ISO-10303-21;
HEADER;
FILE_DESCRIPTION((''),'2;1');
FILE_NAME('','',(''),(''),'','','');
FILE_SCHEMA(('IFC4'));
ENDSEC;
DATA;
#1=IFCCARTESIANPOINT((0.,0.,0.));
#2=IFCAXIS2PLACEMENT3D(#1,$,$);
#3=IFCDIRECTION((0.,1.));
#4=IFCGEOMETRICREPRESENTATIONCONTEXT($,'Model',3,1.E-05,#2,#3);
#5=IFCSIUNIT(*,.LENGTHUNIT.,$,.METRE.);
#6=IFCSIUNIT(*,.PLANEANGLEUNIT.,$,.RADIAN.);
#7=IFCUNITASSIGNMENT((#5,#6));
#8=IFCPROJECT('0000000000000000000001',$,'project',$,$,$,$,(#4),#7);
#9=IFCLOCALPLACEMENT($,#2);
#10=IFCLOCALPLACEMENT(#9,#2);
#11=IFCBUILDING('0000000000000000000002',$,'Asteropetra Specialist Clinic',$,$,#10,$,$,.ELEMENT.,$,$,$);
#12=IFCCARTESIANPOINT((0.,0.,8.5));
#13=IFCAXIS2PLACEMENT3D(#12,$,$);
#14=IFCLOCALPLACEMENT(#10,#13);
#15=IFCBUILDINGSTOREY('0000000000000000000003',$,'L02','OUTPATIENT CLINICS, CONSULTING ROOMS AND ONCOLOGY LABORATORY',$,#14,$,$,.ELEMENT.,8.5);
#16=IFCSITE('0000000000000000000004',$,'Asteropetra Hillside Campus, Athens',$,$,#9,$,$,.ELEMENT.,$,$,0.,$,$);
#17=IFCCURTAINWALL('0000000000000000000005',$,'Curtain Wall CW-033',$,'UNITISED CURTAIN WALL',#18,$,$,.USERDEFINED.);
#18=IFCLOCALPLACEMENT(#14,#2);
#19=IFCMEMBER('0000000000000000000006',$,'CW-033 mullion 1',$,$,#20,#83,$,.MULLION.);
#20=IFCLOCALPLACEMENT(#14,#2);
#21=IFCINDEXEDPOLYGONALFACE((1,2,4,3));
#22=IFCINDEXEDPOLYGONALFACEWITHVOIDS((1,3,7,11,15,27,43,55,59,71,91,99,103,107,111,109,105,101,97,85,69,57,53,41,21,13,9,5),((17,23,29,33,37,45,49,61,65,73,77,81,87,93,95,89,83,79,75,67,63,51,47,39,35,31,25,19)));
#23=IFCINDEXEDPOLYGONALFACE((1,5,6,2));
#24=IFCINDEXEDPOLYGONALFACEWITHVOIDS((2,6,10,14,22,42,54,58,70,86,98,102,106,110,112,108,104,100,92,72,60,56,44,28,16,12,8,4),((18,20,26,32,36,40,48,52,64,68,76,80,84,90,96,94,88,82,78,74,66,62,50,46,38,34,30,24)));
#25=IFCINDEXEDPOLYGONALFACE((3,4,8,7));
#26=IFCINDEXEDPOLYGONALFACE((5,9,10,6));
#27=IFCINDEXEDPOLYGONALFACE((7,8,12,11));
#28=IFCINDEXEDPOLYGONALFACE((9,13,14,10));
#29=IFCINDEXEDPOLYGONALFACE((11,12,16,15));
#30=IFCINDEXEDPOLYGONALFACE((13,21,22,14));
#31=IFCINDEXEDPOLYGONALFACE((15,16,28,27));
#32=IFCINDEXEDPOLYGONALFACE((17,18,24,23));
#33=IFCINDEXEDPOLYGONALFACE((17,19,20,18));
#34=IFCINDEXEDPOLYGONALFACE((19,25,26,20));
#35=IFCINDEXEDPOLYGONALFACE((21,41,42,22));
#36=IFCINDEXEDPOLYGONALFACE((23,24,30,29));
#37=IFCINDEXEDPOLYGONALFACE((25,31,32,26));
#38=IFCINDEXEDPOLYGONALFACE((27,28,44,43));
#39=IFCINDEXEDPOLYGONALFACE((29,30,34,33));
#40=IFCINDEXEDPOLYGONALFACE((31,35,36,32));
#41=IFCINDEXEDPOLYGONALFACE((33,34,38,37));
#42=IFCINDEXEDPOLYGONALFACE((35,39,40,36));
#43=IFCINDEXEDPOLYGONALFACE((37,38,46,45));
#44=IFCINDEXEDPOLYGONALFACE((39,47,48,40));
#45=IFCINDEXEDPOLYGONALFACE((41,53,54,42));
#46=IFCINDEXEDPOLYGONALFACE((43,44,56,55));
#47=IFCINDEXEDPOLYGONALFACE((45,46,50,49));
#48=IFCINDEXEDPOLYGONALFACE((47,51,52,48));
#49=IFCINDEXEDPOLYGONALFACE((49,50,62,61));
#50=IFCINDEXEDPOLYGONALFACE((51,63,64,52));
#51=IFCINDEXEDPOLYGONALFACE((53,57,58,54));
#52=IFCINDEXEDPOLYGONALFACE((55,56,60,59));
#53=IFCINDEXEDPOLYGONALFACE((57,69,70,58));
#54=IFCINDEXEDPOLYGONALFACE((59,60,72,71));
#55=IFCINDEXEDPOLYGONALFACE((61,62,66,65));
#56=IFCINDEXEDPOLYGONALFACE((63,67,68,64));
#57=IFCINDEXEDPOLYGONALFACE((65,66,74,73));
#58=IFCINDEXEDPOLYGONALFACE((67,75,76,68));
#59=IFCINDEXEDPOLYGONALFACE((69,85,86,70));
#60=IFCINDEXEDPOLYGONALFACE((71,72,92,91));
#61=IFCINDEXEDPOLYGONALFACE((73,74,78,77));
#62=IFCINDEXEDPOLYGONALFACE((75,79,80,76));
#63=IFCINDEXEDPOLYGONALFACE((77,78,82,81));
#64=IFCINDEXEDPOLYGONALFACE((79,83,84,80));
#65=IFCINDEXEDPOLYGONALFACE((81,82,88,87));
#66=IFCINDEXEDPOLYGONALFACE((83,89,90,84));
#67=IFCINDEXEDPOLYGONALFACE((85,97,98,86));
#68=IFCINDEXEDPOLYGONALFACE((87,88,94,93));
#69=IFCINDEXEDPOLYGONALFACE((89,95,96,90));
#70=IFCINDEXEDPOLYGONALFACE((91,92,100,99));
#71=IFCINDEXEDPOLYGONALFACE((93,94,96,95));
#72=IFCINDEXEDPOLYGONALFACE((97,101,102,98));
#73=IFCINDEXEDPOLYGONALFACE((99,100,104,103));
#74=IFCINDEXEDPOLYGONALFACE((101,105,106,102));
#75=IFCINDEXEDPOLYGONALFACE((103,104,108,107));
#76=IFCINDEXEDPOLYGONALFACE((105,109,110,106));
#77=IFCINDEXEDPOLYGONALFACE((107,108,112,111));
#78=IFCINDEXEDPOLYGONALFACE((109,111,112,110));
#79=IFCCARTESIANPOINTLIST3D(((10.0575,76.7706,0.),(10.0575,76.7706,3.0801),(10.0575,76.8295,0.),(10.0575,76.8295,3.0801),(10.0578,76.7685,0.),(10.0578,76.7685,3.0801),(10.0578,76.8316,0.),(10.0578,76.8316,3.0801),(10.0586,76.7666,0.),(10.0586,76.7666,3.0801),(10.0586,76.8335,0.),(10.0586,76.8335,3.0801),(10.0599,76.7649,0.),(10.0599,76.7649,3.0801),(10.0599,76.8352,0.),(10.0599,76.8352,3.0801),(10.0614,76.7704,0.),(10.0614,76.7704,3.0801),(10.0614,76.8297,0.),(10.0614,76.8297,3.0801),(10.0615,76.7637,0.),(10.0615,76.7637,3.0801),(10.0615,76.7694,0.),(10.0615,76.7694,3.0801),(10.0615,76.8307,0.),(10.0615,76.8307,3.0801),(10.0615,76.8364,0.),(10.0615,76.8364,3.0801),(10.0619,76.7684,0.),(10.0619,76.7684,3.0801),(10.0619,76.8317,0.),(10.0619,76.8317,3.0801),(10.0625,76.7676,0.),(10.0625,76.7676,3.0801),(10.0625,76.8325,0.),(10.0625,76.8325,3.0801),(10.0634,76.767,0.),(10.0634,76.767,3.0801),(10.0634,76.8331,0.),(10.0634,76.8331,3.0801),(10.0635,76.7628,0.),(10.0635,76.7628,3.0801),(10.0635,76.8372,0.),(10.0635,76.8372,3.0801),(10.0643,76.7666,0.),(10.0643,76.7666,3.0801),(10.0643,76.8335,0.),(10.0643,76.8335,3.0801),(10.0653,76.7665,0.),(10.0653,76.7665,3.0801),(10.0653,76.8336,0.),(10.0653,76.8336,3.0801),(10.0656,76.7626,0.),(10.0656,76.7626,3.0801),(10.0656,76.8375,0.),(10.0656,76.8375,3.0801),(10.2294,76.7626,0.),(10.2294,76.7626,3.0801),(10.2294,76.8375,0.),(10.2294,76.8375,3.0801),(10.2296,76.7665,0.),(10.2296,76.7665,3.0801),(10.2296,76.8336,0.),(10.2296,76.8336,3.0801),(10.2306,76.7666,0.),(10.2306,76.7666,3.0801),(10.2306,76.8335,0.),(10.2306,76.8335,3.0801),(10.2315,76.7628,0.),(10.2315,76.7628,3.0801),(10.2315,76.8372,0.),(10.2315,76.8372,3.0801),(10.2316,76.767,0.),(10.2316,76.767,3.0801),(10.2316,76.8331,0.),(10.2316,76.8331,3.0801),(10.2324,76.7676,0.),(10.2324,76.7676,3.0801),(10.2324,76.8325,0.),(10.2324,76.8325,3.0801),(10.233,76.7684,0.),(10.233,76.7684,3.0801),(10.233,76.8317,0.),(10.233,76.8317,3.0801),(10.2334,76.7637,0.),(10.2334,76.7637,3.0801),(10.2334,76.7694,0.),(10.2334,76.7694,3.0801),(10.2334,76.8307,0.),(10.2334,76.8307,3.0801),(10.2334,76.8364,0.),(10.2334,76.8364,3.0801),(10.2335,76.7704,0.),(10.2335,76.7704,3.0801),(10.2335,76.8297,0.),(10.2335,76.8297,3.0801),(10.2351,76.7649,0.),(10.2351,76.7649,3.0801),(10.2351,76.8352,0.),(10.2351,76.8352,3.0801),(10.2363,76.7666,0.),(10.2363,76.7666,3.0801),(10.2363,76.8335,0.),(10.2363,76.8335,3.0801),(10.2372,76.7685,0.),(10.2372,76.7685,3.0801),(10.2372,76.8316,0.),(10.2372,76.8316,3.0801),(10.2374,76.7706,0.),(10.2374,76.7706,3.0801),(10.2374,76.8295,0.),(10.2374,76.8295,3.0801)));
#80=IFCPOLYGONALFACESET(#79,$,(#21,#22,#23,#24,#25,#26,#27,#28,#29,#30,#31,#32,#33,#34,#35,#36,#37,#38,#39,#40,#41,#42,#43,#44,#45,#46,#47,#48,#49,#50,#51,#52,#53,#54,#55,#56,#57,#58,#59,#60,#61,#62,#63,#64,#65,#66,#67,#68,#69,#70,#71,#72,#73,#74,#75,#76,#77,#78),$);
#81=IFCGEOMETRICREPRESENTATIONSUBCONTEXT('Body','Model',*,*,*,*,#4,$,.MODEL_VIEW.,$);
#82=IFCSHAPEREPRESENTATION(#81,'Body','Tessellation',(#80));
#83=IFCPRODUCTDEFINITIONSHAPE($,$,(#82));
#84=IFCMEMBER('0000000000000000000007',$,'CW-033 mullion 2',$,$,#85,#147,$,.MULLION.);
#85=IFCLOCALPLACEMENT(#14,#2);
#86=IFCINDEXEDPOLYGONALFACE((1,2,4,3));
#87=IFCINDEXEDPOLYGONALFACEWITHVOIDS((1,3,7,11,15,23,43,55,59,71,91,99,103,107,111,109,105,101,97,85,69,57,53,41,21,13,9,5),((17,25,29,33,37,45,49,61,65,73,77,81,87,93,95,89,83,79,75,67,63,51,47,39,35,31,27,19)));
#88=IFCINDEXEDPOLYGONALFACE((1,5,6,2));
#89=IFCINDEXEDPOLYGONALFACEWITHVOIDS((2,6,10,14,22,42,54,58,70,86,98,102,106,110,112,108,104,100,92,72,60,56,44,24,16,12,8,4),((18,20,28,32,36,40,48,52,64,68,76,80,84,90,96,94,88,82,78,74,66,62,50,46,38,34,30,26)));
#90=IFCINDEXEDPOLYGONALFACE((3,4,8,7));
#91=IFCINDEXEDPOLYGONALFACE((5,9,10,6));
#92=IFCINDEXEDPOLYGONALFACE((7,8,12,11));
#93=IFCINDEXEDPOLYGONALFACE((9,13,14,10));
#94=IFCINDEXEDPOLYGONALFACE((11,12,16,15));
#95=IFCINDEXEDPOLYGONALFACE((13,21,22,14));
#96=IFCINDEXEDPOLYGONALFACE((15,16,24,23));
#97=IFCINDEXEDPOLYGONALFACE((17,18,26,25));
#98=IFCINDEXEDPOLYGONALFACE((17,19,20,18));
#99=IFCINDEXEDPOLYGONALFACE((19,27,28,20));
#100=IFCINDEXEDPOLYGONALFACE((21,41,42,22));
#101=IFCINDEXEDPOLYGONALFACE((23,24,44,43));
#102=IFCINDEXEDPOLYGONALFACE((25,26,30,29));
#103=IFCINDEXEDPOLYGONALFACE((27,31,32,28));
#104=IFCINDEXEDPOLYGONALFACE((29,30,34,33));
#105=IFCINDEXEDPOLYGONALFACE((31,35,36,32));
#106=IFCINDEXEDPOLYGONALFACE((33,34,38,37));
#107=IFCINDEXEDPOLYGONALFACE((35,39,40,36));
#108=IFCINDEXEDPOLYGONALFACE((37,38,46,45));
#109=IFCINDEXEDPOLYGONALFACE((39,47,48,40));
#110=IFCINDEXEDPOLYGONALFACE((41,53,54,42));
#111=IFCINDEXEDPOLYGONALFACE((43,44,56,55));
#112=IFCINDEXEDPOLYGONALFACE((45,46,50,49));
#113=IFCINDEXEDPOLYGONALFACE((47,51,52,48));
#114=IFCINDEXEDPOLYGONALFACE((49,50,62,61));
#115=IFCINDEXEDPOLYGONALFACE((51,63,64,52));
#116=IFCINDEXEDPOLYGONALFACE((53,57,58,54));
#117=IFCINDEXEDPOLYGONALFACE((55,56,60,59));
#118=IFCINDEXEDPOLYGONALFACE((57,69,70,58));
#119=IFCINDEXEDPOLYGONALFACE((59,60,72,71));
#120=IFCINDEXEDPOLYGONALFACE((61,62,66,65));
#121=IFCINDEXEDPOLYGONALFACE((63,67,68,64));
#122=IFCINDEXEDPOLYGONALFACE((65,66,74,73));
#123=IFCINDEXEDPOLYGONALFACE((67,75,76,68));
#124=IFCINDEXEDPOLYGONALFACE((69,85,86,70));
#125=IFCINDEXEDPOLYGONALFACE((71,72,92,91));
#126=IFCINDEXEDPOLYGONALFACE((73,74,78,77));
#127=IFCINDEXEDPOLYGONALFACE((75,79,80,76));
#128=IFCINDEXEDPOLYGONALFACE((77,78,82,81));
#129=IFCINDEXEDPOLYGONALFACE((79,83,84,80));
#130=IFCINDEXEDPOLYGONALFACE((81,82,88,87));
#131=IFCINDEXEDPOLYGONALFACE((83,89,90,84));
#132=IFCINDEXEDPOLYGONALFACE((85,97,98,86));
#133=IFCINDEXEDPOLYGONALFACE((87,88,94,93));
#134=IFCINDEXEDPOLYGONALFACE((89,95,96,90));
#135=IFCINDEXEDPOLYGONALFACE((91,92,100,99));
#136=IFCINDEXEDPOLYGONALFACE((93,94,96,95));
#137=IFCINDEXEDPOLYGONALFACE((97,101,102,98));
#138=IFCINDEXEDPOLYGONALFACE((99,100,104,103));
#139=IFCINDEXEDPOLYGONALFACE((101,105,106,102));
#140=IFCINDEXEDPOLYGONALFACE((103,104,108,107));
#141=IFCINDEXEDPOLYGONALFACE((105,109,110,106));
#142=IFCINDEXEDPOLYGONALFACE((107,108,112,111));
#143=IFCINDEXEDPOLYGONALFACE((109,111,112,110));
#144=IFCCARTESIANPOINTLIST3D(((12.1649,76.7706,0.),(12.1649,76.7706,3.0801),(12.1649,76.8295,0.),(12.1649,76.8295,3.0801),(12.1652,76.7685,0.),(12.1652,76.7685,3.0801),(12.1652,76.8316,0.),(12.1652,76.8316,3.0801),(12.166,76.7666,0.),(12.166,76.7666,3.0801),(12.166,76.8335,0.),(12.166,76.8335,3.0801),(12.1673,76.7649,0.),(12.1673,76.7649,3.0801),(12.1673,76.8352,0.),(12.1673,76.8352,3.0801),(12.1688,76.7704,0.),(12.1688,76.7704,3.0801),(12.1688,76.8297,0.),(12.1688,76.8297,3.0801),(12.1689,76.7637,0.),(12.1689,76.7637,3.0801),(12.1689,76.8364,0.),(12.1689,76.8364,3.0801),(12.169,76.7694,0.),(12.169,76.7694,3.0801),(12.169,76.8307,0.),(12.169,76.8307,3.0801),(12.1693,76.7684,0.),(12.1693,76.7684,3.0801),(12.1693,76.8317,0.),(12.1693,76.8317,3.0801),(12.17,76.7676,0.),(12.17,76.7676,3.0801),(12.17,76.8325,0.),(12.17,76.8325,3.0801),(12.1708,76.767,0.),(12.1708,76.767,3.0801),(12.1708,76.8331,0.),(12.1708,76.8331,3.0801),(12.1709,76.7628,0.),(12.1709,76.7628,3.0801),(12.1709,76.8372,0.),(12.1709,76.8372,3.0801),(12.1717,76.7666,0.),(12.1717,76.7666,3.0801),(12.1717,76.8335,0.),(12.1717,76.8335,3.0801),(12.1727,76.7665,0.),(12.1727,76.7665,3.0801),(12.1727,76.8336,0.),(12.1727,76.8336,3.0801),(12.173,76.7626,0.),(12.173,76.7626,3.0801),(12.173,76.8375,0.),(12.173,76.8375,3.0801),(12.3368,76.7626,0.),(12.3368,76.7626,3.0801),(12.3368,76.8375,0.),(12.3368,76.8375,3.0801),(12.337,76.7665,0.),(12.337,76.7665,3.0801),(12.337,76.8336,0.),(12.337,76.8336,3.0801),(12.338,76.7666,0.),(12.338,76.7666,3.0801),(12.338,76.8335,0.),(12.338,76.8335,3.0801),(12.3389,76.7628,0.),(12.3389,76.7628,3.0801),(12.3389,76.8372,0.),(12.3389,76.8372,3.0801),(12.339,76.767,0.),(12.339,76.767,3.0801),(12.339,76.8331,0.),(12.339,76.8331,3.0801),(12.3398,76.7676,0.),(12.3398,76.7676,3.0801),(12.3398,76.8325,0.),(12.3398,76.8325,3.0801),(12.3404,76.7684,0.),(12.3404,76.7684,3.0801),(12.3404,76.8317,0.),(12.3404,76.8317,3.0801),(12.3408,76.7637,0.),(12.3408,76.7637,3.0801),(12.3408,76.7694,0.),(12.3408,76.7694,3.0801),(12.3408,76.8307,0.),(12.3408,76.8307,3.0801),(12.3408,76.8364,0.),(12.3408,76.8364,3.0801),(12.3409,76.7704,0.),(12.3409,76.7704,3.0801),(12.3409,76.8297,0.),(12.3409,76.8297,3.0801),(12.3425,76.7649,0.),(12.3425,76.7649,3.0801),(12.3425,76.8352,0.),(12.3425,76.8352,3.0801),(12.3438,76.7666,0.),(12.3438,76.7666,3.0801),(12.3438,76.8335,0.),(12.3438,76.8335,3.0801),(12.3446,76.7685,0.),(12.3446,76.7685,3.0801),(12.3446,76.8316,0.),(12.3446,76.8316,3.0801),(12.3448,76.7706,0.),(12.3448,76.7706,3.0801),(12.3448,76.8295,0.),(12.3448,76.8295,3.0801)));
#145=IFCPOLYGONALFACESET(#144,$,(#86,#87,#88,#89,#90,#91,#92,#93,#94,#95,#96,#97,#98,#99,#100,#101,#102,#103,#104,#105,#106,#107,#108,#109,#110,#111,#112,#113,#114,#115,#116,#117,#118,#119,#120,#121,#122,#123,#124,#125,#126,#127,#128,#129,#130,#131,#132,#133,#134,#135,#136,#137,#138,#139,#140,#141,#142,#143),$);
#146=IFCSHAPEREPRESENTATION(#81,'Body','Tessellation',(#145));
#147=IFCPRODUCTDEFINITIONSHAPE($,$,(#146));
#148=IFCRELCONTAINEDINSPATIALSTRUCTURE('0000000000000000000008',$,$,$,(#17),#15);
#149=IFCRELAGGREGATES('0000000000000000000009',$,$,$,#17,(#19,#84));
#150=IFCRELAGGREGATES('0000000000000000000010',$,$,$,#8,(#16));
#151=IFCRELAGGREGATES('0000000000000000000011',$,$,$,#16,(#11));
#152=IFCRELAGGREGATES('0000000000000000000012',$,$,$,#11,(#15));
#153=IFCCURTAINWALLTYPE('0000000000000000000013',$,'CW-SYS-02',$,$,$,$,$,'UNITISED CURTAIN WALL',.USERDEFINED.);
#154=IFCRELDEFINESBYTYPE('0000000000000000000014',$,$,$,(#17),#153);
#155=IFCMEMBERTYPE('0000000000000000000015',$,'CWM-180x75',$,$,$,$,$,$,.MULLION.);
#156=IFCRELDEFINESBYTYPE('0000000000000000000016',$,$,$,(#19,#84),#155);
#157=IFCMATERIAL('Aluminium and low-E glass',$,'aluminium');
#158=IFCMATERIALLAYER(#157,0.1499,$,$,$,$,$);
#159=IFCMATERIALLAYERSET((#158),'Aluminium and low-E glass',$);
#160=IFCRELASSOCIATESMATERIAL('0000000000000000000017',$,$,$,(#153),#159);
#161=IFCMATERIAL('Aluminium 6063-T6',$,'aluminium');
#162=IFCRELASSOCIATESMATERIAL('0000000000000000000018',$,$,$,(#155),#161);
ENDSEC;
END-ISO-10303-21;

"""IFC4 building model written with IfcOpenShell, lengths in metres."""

from ifc_helpers import new_model, si_unit, direction, frame, origin, origin_2d, place, context, subcontext, project, spatial, hollow_rectangle, extrude, material, layer, layer_set, material_profile, profile_set, type_object, element, aggregate, save


model = new_model("IFC4")

# Units and contexts
model_context = context("Model", 3, precision=1e-05, world=origin(), true_north=direction((0.0, 1.0)))
body_context = subcontext(model_context, "Body", "Model", "MODEL_VIEW")
ifc_project = project(units=[si_unit("LENGTHUNIT", "METRE"), si_unit("PLANEANGLEUNIT", "RADIAN")], contexts=[model_context])

# Site, building, storey
site_placement = place(None, origin())
site = spatial("IfcSite", under=ifc_project, at=site_placement, Name="Asteropetra Hillside Campus, Athens", CompositionType="ELEMENT", RefElevation=0.0)
building_placement = place(site_placement, origin())
building = spatial("IfcBuilding", under=site, at=building_placement, Name="Asteropetra Specialist Clinic", CompositionType="ELEMENT")
storey_placement = place(building_placement, frame((0.0, 0.0, 8.5)))
storey = spatial("IfcBuildingStorey", under=building, at=storey_placement, Name="L02", Description="OUTPATIENT CLINICS, CONSULTING ROOMS AND ONCOLOGY LABORATORY", CompositionType="ELEMENT", Elevation=8.5)

# Curtain wall, members
ifc_material_1 = material(Name="Aluminium and low-E glass", Category="aluminium")
ifc_layer_1 = layer(ifc_material_1, 0.1499)
ifc_layer_set_1 = layer_set([ifc_layer_1], Name="Aluminium and low-E glass")
curtain_wall_type_1 = type_object("IfcCurtainWallType", Name="CW-SYS-02", ElementType="UNITISED CURTAIN WALL", PredefinedType="USERDEFINED", material=ifc_layer_set_1)
curtain_wall_1_placement = place(storey_placement, origin())
curtain_wall_1 = element("IfcCurtainWall", 1, at=curtain_wall_1_placement, inside=storey, type_object=curtain_wall_type_1, Name="Curtain Wall CW-033", ObjectType="UNITISED CURTAIN WALL", PredefinedType="USERDEFINED")
ifc_material_2 = material(Name="Aluminium 6063-T6", Category="aluminium")
ifc_material_profile_1 = material_profile(ifc_material_2, hollow_rectangle(XDim=0.075, YDim=0.1799, WallThickness=0.0039, InnerFilletRadius=0.0039, OuterFilletRadius=0.0081, at=origin_2d()), Name="MUL 180x75x4.0")
ifc_profile_set_1 = profile_set([ifc_material_profile_1], Name="Aluminium 6063-T6")
member_type_1 = type_object("IfcMemberType", Name="CWM-180x75", PredefinedType="MULLION", material=ifc_profile_set_1)
member_1_placement = place(storey_placement, frame((10.1475, 76.8, 0.0), z_axis=(0.0, 0.0, 1.0), x_axis=(0.0, 1.0, 0.0)))
member_1 = element("IfcMember", 2, at=member_1_placement, type_object=member_type_1, Name="CW-033 mullion 1", PredefinedType="MULLION", context=body_context, shape_type="SweptSolid", body=[
    extrude(hollow_rectangle(XDim=0.075, YDim=0.1799, WallThickness=0.0039, InnerFilletRadius=0.0039, OuterFilletRadius=0.0081, at=origin_2d()), origin(), (0.0, 0.0, 1.0), 3.0801),
])
member_2_placement = place(storey_placement, frame((12.2549, 76.8, 0.0), z_axis=(0.0, 0.0, 1.0), x_axis=(0.0, 1.0, 0.0)))
member_2 = element("IfcMember", 3, at=member_2_placement, type_object=member_type_1, Name="CW-033 mullion 2", PredefinedType="MULLION", context=body_context, shape_type="SweptSolid", body=[
    extrude(hollow_rectangle(XDim=0.075, YDim=0.1799, WallThickness=0.0039, InnerFilletRadius=0.0039, OuterFilletRadius=0.0081, at=origin_2d()), origin(), (0.0, 0.0, 1.0), 3.0801),
])

aggregate(curtain_wall_1, [member_1, member_2])

save(model, "model.ifc")
